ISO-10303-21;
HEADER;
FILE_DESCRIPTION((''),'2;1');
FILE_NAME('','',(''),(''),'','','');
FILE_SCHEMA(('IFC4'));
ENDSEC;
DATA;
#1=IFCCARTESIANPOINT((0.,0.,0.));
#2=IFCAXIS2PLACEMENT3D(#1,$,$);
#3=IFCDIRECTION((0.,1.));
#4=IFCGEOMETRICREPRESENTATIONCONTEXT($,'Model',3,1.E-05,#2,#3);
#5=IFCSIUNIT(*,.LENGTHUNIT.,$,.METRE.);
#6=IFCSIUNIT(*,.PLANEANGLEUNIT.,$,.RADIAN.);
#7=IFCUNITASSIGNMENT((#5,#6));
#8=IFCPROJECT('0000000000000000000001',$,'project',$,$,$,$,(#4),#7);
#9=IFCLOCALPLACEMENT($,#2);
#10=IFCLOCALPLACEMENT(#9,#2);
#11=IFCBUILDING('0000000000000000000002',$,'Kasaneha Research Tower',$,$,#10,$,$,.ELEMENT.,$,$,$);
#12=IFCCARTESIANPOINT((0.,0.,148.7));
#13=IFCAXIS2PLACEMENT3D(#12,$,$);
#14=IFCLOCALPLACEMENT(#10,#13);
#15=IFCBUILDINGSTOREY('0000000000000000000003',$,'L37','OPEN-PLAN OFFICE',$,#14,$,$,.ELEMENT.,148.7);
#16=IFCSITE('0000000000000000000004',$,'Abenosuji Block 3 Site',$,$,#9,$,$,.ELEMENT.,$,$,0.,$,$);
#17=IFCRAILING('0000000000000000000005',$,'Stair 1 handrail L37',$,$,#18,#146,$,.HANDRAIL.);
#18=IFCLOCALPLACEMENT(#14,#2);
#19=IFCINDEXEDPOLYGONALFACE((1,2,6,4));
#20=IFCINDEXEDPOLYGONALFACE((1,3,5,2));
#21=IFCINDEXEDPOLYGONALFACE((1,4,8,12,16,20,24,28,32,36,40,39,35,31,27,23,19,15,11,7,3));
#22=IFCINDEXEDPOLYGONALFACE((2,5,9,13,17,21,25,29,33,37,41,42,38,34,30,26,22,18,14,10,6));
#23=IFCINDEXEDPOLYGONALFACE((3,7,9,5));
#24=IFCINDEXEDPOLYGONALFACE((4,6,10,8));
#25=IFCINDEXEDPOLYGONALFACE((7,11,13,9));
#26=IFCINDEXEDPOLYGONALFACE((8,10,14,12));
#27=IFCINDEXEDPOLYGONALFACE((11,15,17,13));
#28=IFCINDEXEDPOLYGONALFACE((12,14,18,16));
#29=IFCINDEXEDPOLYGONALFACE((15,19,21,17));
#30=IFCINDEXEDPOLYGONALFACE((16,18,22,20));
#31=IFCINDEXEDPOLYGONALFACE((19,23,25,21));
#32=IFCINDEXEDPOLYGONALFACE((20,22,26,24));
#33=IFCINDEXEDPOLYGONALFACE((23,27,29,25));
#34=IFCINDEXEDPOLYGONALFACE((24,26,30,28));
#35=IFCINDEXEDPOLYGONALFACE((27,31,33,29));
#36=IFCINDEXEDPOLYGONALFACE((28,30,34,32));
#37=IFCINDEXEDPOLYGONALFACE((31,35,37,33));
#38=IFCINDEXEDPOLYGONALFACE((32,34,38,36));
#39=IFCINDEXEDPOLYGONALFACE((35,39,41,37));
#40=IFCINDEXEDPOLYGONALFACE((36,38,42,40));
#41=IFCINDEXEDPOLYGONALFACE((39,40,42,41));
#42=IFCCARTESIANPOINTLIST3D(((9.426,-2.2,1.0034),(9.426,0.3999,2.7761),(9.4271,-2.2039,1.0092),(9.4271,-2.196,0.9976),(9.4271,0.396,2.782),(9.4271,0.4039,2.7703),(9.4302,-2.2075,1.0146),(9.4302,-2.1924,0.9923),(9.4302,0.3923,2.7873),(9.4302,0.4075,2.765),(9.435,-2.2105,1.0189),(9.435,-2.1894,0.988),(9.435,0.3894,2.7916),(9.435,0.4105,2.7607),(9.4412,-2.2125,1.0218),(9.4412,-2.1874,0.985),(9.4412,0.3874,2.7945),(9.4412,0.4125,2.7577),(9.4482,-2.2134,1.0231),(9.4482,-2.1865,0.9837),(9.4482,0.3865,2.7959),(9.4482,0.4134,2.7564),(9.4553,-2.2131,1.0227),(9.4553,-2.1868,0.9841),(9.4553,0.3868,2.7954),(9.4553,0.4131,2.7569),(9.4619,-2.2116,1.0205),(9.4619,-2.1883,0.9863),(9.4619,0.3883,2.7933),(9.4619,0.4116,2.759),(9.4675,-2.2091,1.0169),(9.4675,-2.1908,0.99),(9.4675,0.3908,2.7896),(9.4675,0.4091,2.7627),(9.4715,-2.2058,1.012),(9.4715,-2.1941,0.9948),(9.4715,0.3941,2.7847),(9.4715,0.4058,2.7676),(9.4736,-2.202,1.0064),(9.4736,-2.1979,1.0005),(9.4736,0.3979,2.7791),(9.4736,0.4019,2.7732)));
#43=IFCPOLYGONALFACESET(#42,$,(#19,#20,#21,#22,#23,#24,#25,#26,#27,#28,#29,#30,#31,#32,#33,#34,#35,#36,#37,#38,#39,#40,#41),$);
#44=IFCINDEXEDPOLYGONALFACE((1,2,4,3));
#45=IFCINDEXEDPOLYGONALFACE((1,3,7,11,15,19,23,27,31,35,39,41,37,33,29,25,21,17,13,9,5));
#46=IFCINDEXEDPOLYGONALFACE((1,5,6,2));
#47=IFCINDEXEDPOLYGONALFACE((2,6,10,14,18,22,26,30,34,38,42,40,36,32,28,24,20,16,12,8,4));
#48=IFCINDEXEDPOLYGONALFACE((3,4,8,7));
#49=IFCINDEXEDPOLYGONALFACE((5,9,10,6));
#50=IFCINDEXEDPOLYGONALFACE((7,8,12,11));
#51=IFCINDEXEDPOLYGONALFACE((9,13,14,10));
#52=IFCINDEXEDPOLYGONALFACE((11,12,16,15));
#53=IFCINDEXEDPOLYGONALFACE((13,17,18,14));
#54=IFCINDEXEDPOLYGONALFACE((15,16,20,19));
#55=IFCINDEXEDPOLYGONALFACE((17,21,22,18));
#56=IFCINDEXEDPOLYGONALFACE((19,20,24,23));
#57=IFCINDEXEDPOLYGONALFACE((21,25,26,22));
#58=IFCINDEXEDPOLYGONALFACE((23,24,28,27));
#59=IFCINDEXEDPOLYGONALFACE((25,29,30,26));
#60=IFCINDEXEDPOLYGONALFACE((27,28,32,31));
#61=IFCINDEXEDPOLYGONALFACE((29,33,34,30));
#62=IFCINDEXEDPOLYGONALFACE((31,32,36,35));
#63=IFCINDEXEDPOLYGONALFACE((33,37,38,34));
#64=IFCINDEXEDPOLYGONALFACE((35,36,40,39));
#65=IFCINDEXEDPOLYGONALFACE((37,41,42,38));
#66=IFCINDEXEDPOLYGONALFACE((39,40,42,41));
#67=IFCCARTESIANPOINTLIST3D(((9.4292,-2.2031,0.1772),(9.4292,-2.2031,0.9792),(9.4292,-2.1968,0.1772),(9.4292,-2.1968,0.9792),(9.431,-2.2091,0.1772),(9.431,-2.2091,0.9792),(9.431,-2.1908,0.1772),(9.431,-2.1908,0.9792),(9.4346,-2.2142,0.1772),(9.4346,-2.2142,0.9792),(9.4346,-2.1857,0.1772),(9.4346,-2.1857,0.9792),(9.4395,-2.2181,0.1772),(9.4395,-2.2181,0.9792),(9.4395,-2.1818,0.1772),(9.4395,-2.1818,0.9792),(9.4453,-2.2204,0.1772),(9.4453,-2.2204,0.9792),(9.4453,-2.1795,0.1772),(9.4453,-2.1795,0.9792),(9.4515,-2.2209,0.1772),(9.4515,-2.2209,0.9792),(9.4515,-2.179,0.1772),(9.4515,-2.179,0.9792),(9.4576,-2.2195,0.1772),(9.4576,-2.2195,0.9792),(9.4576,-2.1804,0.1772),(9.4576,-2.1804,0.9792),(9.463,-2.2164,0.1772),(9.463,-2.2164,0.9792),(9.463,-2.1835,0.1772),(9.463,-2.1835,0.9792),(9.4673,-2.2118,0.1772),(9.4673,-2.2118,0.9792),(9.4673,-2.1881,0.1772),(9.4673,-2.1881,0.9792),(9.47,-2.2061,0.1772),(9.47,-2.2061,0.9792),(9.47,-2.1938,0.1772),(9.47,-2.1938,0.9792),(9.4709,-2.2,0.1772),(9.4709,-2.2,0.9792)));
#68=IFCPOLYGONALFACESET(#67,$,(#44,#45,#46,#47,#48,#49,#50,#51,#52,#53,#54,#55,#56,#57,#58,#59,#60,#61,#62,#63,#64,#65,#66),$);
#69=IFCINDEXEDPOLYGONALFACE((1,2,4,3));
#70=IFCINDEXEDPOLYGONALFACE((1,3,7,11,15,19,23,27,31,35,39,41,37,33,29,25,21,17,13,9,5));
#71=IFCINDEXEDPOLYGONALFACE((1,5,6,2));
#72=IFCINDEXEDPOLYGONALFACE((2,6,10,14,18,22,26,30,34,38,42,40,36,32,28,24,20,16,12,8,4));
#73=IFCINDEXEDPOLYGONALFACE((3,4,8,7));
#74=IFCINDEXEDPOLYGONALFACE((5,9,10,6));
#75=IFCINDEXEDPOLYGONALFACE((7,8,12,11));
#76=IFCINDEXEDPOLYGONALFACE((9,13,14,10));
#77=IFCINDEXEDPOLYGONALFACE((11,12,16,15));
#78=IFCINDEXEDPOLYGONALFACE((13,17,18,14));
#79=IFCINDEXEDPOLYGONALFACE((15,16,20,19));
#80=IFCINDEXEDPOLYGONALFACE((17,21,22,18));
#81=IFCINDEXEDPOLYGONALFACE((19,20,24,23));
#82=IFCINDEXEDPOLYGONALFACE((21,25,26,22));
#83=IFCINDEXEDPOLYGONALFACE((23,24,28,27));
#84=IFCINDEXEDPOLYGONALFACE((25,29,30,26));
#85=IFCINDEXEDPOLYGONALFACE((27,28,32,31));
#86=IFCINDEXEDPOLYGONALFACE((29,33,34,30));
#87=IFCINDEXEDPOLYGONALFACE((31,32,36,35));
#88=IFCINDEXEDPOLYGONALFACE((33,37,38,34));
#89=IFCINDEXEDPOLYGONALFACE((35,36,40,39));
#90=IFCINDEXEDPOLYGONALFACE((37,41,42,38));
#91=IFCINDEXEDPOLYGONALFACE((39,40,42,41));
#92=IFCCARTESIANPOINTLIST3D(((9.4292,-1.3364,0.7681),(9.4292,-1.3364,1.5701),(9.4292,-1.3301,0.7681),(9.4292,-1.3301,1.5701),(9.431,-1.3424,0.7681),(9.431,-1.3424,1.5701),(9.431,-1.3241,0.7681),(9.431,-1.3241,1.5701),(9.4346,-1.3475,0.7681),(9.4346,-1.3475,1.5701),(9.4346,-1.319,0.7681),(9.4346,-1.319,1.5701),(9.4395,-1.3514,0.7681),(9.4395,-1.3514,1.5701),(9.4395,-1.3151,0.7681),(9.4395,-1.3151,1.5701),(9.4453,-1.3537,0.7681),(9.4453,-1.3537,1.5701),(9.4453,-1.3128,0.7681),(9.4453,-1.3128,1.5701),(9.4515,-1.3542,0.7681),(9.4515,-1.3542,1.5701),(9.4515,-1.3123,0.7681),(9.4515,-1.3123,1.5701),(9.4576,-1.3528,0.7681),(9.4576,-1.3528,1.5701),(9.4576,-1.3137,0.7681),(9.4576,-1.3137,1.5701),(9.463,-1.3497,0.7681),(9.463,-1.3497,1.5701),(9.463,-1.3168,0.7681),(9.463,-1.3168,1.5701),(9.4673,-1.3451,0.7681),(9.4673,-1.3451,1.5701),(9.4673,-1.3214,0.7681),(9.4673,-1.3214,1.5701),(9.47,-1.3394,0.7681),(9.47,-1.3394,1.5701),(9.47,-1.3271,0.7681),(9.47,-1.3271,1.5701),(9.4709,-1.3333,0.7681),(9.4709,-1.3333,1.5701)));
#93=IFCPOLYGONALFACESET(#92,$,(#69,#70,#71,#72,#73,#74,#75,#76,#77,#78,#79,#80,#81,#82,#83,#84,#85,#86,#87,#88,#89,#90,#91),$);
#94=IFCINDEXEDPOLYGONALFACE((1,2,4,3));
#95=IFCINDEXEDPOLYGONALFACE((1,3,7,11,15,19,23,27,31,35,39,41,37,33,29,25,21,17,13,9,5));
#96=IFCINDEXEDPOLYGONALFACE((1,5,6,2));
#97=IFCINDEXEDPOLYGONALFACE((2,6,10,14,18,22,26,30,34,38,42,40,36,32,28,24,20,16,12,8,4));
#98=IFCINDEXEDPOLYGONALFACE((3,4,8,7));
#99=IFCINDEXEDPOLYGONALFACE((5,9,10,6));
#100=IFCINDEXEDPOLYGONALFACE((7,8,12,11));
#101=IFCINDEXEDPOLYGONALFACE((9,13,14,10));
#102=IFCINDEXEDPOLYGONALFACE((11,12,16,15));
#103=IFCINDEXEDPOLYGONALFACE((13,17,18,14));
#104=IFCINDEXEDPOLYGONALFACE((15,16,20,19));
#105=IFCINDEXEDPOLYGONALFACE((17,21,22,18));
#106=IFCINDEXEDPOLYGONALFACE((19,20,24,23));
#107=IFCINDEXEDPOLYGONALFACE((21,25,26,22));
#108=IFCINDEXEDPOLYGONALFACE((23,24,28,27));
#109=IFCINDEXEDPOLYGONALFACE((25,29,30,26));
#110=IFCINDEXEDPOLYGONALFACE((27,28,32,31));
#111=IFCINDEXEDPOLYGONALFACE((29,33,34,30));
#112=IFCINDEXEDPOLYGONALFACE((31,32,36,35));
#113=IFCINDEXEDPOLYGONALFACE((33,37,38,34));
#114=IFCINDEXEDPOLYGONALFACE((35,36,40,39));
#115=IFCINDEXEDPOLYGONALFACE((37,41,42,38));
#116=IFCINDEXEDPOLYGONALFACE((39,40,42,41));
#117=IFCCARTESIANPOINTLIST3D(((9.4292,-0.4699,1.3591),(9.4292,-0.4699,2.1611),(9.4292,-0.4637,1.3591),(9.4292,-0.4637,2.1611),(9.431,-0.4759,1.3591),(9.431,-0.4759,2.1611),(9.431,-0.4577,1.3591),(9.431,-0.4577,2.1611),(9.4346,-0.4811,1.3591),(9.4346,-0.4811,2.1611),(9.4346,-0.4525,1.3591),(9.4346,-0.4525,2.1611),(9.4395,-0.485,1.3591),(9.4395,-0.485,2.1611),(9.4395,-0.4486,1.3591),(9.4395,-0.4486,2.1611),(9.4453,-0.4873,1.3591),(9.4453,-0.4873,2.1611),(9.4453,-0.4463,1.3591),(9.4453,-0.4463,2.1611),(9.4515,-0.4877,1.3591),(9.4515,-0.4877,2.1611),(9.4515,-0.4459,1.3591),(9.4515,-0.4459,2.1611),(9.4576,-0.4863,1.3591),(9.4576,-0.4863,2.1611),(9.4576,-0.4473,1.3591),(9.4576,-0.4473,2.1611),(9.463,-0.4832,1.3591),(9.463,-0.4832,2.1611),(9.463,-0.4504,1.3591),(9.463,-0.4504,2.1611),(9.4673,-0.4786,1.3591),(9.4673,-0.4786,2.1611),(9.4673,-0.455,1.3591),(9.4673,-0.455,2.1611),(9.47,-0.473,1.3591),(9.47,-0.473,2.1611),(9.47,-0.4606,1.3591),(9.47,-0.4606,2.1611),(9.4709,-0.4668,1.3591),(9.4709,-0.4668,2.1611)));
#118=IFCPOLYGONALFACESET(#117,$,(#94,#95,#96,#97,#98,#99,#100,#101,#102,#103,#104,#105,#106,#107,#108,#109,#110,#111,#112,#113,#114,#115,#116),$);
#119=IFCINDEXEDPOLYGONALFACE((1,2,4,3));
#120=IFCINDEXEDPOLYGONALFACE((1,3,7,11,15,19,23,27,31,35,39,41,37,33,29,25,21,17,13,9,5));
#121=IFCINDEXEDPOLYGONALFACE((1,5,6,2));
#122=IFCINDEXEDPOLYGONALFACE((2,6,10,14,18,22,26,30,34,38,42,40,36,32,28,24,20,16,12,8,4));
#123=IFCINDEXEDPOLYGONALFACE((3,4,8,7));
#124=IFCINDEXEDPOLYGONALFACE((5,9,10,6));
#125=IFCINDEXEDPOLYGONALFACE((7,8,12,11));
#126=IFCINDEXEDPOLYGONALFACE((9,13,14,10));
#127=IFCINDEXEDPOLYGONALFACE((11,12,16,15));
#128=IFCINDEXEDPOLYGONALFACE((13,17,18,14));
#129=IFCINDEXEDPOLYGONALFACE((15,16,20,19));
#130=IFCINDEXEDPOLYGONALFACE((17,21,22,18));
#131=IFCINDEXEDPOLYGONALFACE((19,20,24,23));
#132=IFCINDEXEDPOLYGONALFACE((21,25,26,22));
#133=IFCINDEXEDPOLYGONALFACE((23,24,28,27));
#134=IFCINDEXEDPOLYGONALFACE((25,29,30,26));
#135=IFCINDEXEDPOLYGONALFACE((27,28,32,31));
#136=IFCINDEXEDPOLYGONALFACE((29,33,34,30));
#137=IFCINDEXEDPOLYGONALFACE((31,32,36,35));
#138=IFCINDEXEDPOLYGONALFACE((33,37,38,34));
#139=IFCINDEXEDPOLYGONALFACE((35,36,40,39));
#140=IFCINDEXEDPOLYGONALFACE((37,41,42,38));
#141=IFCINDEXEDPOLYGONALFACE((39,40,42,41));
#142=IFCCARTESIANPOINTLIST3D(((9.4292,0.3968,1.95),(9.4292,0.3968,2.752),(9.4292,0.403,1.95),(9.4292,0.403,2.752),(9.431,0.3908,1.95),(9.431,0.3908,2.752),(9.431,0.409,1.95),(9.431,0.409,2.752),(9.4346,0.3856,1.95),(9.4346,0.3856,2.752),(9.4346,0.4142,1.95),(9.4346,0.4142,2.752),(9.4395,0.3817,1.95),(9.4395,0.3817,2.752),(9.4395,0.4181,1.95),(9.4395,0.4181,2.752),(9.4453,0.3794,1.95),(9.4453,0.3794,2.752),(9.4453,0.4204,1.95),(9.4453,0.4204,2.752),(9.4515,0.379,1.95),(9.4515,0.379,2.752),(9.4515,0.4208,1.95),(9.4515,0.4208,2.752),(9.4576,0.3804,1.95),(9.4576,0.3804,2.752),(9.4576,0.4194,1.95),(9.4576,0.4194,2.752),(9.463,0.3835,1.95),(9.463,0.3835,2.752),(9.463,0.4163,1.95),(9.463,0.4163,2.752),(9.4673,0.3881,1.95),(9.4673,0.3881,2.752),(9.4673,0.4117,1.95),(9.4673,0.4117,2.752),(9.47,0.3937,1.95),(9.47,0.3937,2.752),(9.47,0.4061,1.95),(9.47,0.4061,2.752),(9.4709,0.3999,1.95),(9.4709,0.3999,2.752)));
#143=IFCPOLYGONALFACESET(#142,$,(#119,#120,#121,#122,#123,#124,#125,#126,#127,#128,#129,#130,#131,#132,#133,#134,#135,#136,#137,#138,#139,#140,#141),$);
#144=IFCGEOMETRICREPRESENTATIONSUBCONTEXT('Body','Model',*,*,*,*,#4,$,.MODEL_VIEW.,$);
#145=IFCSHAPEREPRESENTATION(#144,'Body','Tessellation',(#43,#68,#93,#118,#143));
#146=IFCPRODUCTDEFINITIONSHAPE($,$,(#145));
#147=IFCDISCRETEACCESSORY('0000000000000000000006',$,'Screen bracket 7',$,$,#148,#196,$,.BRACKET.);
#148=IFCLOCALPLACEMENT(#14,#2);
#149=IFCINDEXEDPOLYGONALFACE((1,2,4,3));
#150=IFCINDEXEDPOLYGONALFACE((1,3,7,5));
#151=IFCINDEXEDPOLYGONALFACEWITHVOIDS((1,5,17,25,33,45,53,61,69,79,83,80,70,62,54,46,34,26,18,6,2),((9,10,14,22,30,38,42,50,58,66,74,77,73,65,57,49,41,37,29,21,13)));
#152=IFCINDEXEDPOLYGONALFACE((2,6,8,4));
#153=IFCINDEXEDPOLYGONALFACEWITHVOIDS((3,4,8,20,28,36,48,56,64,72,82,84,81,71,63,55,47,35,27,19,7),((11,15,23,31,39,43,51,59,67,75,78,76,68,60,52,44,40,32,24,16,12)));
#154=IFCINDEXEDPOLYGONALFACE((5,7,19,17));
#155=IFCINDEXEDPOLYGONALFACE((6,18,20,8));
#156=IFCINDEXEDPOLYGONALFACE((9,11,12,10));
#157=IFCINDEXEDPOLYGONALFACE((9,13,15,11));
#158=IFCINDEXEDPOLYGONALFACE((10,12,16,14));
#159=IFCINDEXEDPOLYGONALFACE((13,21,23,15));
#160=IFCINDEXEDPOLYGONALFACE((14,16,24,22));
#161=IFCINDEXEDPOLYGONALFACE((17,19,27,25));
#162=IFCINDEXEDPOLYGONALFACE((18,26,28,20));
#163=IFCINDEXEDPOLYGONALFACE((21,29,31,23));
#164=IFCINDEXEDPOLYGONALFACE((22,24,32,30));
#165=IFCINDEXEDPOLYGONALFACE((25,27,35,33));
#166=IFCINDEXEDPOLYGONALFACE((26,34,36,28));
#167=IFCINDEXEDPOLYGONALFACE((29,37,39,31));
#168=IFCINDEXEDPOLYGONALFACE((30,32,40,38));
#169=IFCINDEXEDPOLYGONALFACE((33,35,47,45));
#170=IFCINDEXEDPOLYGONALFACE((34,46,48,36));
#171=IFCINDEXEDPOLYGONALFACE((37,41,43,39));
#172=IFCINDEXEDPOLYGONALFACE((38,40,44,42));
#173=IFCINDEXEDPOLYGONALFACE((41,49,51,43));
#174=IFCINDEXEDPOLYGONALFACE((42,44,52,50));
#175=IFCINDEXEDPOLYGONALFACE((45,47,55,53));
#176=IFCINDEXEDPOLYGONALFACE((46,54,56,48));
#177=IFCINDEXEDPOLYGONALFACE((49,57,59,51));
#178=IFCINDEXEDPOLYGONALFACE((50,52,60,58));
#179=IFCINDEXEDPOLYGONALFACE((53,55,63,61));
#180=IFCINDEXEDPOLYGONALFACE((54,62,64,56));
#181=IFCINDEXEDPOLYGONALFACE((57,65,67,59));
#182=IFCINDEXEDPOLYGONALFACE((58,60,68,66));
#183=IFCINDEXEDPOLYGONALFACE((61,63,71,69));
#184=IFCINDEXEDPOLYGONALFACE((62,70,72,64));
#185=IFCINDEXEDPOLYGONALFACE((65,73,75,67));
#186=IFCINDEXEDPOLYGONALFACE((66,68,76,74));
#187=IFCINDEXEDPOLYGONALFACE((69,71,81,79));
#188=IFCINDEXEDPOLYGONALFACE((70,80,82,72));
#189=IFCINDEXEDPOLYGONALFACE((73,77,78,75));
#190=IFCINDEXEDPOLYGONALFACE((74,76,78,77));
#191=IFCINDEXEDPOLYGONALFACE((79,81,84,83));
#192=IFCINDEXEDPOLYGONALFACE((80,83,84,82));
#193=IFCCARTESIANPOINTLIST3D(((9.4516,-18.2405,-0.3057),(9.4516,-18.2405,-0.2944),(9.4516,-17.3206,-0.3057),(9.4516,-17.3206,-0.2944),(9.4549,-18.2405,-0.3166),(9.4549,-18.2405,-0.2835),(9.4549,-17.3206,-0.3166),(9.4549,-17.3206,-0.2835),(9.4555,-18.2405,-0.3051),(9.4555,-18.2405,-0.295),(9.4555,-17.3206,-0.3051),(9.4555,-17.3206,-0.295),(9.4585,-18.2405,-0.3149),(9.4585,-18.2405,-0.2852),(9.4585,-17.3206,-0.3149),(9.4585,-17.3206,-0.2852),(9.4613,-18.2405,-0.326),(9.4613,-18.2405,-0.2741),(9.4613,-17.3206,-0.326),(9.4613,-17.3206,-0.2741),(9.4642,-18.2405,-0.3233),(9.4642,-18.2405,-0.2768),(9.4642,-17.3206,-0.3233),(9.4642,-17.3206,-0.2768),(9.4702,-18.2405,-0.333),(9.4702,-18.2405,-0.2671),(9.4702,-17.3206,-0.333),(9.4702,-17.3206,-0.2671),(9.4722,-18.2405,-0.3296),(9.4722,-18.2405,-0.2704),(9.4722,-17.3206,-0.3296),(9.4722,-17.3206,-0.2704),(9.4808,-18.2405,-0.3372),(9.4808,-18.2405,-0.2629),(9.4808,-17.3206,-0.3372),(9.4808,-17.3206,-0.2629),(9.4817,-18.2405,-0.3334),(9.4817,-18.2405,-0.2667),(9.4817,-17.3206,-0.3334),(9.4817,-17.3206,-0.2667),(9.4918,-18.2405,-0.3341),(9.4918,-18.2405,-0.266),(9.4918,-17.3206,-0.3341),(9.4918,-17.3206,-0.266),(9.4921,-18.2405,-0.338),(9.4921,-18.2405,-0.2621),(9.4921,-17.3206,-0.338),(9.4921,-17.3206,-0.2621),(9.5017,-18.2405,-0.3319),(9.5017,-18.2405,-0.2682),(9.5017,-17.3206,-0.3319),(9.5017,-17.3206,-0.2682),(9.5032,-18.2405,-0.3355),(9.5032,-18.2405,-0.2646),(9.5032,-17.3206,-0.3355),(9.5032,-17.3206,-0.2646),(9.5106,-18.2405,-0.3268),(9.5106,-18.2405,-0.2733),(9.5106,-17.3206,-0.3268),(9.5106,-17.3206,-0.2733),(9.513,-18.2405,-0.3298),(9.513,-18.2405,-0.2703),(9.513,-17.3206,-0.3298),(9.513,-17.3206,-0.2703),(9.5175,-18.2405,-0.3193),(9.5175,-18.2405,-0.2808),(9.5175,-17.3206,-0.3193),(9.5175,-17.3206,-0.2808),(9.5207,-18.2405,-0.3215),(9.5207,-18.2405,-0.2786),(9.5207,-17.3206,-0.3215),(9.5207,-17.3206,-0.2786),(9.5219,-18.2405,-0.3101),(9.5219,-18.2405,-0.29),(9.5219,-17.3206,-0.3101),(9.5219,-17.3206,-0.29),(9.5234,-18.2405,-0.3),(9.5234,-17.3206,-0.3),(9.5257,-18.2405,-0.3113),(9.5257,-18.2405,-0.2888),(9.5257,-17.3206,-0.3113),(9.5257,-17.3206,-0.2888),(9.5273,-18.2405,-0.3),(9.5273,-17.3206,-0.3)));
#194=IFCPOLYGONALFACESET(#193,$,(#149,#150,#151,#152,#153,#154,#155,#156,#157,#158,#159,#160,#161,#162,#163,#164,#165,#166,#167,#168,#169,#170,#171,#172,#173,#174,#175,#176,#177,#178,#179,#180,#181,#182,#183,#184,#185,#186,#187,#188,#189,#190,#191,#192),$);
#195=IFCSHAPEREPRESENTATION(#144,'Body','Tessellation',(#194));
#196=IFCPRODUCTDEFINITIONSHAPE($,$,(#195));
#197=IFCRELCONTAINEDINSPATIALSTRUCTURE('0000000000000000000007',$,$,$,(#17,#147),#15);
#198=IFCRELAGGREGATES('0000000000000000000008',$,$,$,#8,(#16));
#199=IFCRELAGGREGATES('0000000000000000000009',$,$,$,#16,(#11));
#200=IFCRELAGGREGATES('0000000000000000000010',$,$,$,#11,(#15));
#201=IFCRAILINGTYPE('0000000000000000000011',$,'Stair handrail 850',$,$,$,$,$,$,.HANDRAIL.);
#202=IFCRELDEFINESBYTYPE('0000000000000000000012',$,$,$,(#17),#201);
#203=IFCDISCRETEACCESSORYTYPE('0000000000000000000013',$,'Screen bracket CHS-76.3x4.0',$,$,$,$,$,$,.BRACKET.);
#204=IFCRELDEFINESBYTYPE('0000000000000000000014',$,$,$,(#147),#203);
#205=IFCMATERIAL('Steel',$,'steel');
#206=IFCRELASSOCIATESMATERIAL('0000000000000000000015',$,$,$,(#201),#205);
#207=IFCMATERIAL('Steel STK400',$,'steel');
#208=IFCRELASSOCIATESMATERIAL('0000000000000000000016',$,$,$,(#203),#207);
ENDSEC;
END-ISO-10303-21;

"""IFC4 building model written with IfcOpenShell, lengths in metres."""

from ifc_helpers import new_model, si_unit, direction, frame, origin, origin_2d, place, context, subcontext, project, spatial, circle, hollow_circle, extrude, material, material_profile, profile_set, type_object, element, save


model = new_model("IFC4")

# Units and contexts
model_context = context("Model", 3, precision=1e-05, world=origin(), true_north=direction((0.0, 1.0)))
body_context = subcontext(model_context, "Body", "Model", "MODEL_VIEW")
ifc_project = project(units=[si_unit("LENGTHUNIT", "METRE"), si_unit("PLANEANGLEUNIT", "RADIAN")], contexts=[model_context])

# Site, building, storey
site_placement = place(None, origin())
site = spatial("IfcSite", under=ifc_project, at=site_placement, Name="Abenosuji Block 3 Site", CompositionType="ELEMENT", RefElevation=0.0)
building_placement = place(site_placement, origin())
building = spatial("IfcBuilding", under=site, at=building_placement, Name="Kasaneha Research Tower", CompositionType="ELEMENT")
storey_placement = place(building_placement, frame((0.0, 0.0, 148.7)))
storey = spatial("IfcBuildingStorey", under=building, at=storey_placement, Name="L37", Description="OPEN-PLAN OFFICE", CompositionType="ELEMENT", Elevation=148.7)

# Railing
ifc_material_1 = material(Name="Steel", Category="steel")
railing_type = type_object("IfcRailingType", Name="Stair handrail 850", PredefinedType="HANDRAIL", material=ifc_material_1)
railing_placement = place(storey_placement, frame((9.45, -2.2, 0.1772)))
element("IfcRailing", 1, at=railing_placement, inside=storey, type_object=railing_type, Name="Stair 1 handrail L37", PredefinedType="HANDRAIL", context=body_context, shape_type="SweptSolid", body=[
    extrude(circle(Radius=0.0239, at=origin_2d()), frame((0.0, 0.0, 0.8262), z_axis=(0.0, 0.826216, 0.563354), x_axis=(-1.0, 0.0, 0.0)), (0.0, 0.0, 1.0), 3.1467),
    extrude(circle(Radius=0.021, at=origin_2d()), origin(), (0.0, 0.0, 1.0), 0.802),
    extrude(circle(Radius=0.021, at=origin_2d()), frame((0.0, 0.8667, 0.5908)), (0.0, 0.0, 1.0), 0.802),
    extrude(circle(Radius=0.021, at=origin_2d()), frame((0.0, 1.7332, 1.1819)), (0.0, 0.0, 1.0), 0.802),
    extrude(circle(Radius=0.021, at=origin_2d()), frame((0.0, 2.5999, 1.7727)), (0.0, 0.0, 1.0), 0.802),
])

# Discrete accessory
ifc_material_2 = material(Name="Steel STK400", Category="steel")
ifc_material_profile_1 = material_profile(ifc_material_2, hollow_circle(Radius=0.0381, WallThickness=0.0039, at=origin_2d()), Name="CHS-76.3x4.0")
ifc_profile_set_1 = profile_set([ifc_material_profile_1], Name="Steel STK400")
discrete_accessory_type = type_object("IfcDiscreteAccessoryType", Name="Screen bracket CHS-76.3x4.0", PredefinedType="BRACKET", material=ifc_profile_set_1)
discrete_accessory_placement = place(storey_placement, frame((9.4893, -17.3206, -0.3), z_axis=(0.0, -1.0, 0.0), x_axis=(1.0, 0.0, 0.0)))
element("IfcDiscreteAccessory", 2, at=discrete_accessory_placement, inside=storey, type_object=discrete_accessory_type, Name="Screen bracket 7", PredefinedType="BRACKET", context=body_context, shape_type="SweptSolid", body=[
    extrude(hollow_circle(Radius=0.0381, WallThickness=0.0039, at=origin_2d()), origin(), (0.0, 0.0, 1.0), 0.9199),
])

save(model, "model.ifc")
